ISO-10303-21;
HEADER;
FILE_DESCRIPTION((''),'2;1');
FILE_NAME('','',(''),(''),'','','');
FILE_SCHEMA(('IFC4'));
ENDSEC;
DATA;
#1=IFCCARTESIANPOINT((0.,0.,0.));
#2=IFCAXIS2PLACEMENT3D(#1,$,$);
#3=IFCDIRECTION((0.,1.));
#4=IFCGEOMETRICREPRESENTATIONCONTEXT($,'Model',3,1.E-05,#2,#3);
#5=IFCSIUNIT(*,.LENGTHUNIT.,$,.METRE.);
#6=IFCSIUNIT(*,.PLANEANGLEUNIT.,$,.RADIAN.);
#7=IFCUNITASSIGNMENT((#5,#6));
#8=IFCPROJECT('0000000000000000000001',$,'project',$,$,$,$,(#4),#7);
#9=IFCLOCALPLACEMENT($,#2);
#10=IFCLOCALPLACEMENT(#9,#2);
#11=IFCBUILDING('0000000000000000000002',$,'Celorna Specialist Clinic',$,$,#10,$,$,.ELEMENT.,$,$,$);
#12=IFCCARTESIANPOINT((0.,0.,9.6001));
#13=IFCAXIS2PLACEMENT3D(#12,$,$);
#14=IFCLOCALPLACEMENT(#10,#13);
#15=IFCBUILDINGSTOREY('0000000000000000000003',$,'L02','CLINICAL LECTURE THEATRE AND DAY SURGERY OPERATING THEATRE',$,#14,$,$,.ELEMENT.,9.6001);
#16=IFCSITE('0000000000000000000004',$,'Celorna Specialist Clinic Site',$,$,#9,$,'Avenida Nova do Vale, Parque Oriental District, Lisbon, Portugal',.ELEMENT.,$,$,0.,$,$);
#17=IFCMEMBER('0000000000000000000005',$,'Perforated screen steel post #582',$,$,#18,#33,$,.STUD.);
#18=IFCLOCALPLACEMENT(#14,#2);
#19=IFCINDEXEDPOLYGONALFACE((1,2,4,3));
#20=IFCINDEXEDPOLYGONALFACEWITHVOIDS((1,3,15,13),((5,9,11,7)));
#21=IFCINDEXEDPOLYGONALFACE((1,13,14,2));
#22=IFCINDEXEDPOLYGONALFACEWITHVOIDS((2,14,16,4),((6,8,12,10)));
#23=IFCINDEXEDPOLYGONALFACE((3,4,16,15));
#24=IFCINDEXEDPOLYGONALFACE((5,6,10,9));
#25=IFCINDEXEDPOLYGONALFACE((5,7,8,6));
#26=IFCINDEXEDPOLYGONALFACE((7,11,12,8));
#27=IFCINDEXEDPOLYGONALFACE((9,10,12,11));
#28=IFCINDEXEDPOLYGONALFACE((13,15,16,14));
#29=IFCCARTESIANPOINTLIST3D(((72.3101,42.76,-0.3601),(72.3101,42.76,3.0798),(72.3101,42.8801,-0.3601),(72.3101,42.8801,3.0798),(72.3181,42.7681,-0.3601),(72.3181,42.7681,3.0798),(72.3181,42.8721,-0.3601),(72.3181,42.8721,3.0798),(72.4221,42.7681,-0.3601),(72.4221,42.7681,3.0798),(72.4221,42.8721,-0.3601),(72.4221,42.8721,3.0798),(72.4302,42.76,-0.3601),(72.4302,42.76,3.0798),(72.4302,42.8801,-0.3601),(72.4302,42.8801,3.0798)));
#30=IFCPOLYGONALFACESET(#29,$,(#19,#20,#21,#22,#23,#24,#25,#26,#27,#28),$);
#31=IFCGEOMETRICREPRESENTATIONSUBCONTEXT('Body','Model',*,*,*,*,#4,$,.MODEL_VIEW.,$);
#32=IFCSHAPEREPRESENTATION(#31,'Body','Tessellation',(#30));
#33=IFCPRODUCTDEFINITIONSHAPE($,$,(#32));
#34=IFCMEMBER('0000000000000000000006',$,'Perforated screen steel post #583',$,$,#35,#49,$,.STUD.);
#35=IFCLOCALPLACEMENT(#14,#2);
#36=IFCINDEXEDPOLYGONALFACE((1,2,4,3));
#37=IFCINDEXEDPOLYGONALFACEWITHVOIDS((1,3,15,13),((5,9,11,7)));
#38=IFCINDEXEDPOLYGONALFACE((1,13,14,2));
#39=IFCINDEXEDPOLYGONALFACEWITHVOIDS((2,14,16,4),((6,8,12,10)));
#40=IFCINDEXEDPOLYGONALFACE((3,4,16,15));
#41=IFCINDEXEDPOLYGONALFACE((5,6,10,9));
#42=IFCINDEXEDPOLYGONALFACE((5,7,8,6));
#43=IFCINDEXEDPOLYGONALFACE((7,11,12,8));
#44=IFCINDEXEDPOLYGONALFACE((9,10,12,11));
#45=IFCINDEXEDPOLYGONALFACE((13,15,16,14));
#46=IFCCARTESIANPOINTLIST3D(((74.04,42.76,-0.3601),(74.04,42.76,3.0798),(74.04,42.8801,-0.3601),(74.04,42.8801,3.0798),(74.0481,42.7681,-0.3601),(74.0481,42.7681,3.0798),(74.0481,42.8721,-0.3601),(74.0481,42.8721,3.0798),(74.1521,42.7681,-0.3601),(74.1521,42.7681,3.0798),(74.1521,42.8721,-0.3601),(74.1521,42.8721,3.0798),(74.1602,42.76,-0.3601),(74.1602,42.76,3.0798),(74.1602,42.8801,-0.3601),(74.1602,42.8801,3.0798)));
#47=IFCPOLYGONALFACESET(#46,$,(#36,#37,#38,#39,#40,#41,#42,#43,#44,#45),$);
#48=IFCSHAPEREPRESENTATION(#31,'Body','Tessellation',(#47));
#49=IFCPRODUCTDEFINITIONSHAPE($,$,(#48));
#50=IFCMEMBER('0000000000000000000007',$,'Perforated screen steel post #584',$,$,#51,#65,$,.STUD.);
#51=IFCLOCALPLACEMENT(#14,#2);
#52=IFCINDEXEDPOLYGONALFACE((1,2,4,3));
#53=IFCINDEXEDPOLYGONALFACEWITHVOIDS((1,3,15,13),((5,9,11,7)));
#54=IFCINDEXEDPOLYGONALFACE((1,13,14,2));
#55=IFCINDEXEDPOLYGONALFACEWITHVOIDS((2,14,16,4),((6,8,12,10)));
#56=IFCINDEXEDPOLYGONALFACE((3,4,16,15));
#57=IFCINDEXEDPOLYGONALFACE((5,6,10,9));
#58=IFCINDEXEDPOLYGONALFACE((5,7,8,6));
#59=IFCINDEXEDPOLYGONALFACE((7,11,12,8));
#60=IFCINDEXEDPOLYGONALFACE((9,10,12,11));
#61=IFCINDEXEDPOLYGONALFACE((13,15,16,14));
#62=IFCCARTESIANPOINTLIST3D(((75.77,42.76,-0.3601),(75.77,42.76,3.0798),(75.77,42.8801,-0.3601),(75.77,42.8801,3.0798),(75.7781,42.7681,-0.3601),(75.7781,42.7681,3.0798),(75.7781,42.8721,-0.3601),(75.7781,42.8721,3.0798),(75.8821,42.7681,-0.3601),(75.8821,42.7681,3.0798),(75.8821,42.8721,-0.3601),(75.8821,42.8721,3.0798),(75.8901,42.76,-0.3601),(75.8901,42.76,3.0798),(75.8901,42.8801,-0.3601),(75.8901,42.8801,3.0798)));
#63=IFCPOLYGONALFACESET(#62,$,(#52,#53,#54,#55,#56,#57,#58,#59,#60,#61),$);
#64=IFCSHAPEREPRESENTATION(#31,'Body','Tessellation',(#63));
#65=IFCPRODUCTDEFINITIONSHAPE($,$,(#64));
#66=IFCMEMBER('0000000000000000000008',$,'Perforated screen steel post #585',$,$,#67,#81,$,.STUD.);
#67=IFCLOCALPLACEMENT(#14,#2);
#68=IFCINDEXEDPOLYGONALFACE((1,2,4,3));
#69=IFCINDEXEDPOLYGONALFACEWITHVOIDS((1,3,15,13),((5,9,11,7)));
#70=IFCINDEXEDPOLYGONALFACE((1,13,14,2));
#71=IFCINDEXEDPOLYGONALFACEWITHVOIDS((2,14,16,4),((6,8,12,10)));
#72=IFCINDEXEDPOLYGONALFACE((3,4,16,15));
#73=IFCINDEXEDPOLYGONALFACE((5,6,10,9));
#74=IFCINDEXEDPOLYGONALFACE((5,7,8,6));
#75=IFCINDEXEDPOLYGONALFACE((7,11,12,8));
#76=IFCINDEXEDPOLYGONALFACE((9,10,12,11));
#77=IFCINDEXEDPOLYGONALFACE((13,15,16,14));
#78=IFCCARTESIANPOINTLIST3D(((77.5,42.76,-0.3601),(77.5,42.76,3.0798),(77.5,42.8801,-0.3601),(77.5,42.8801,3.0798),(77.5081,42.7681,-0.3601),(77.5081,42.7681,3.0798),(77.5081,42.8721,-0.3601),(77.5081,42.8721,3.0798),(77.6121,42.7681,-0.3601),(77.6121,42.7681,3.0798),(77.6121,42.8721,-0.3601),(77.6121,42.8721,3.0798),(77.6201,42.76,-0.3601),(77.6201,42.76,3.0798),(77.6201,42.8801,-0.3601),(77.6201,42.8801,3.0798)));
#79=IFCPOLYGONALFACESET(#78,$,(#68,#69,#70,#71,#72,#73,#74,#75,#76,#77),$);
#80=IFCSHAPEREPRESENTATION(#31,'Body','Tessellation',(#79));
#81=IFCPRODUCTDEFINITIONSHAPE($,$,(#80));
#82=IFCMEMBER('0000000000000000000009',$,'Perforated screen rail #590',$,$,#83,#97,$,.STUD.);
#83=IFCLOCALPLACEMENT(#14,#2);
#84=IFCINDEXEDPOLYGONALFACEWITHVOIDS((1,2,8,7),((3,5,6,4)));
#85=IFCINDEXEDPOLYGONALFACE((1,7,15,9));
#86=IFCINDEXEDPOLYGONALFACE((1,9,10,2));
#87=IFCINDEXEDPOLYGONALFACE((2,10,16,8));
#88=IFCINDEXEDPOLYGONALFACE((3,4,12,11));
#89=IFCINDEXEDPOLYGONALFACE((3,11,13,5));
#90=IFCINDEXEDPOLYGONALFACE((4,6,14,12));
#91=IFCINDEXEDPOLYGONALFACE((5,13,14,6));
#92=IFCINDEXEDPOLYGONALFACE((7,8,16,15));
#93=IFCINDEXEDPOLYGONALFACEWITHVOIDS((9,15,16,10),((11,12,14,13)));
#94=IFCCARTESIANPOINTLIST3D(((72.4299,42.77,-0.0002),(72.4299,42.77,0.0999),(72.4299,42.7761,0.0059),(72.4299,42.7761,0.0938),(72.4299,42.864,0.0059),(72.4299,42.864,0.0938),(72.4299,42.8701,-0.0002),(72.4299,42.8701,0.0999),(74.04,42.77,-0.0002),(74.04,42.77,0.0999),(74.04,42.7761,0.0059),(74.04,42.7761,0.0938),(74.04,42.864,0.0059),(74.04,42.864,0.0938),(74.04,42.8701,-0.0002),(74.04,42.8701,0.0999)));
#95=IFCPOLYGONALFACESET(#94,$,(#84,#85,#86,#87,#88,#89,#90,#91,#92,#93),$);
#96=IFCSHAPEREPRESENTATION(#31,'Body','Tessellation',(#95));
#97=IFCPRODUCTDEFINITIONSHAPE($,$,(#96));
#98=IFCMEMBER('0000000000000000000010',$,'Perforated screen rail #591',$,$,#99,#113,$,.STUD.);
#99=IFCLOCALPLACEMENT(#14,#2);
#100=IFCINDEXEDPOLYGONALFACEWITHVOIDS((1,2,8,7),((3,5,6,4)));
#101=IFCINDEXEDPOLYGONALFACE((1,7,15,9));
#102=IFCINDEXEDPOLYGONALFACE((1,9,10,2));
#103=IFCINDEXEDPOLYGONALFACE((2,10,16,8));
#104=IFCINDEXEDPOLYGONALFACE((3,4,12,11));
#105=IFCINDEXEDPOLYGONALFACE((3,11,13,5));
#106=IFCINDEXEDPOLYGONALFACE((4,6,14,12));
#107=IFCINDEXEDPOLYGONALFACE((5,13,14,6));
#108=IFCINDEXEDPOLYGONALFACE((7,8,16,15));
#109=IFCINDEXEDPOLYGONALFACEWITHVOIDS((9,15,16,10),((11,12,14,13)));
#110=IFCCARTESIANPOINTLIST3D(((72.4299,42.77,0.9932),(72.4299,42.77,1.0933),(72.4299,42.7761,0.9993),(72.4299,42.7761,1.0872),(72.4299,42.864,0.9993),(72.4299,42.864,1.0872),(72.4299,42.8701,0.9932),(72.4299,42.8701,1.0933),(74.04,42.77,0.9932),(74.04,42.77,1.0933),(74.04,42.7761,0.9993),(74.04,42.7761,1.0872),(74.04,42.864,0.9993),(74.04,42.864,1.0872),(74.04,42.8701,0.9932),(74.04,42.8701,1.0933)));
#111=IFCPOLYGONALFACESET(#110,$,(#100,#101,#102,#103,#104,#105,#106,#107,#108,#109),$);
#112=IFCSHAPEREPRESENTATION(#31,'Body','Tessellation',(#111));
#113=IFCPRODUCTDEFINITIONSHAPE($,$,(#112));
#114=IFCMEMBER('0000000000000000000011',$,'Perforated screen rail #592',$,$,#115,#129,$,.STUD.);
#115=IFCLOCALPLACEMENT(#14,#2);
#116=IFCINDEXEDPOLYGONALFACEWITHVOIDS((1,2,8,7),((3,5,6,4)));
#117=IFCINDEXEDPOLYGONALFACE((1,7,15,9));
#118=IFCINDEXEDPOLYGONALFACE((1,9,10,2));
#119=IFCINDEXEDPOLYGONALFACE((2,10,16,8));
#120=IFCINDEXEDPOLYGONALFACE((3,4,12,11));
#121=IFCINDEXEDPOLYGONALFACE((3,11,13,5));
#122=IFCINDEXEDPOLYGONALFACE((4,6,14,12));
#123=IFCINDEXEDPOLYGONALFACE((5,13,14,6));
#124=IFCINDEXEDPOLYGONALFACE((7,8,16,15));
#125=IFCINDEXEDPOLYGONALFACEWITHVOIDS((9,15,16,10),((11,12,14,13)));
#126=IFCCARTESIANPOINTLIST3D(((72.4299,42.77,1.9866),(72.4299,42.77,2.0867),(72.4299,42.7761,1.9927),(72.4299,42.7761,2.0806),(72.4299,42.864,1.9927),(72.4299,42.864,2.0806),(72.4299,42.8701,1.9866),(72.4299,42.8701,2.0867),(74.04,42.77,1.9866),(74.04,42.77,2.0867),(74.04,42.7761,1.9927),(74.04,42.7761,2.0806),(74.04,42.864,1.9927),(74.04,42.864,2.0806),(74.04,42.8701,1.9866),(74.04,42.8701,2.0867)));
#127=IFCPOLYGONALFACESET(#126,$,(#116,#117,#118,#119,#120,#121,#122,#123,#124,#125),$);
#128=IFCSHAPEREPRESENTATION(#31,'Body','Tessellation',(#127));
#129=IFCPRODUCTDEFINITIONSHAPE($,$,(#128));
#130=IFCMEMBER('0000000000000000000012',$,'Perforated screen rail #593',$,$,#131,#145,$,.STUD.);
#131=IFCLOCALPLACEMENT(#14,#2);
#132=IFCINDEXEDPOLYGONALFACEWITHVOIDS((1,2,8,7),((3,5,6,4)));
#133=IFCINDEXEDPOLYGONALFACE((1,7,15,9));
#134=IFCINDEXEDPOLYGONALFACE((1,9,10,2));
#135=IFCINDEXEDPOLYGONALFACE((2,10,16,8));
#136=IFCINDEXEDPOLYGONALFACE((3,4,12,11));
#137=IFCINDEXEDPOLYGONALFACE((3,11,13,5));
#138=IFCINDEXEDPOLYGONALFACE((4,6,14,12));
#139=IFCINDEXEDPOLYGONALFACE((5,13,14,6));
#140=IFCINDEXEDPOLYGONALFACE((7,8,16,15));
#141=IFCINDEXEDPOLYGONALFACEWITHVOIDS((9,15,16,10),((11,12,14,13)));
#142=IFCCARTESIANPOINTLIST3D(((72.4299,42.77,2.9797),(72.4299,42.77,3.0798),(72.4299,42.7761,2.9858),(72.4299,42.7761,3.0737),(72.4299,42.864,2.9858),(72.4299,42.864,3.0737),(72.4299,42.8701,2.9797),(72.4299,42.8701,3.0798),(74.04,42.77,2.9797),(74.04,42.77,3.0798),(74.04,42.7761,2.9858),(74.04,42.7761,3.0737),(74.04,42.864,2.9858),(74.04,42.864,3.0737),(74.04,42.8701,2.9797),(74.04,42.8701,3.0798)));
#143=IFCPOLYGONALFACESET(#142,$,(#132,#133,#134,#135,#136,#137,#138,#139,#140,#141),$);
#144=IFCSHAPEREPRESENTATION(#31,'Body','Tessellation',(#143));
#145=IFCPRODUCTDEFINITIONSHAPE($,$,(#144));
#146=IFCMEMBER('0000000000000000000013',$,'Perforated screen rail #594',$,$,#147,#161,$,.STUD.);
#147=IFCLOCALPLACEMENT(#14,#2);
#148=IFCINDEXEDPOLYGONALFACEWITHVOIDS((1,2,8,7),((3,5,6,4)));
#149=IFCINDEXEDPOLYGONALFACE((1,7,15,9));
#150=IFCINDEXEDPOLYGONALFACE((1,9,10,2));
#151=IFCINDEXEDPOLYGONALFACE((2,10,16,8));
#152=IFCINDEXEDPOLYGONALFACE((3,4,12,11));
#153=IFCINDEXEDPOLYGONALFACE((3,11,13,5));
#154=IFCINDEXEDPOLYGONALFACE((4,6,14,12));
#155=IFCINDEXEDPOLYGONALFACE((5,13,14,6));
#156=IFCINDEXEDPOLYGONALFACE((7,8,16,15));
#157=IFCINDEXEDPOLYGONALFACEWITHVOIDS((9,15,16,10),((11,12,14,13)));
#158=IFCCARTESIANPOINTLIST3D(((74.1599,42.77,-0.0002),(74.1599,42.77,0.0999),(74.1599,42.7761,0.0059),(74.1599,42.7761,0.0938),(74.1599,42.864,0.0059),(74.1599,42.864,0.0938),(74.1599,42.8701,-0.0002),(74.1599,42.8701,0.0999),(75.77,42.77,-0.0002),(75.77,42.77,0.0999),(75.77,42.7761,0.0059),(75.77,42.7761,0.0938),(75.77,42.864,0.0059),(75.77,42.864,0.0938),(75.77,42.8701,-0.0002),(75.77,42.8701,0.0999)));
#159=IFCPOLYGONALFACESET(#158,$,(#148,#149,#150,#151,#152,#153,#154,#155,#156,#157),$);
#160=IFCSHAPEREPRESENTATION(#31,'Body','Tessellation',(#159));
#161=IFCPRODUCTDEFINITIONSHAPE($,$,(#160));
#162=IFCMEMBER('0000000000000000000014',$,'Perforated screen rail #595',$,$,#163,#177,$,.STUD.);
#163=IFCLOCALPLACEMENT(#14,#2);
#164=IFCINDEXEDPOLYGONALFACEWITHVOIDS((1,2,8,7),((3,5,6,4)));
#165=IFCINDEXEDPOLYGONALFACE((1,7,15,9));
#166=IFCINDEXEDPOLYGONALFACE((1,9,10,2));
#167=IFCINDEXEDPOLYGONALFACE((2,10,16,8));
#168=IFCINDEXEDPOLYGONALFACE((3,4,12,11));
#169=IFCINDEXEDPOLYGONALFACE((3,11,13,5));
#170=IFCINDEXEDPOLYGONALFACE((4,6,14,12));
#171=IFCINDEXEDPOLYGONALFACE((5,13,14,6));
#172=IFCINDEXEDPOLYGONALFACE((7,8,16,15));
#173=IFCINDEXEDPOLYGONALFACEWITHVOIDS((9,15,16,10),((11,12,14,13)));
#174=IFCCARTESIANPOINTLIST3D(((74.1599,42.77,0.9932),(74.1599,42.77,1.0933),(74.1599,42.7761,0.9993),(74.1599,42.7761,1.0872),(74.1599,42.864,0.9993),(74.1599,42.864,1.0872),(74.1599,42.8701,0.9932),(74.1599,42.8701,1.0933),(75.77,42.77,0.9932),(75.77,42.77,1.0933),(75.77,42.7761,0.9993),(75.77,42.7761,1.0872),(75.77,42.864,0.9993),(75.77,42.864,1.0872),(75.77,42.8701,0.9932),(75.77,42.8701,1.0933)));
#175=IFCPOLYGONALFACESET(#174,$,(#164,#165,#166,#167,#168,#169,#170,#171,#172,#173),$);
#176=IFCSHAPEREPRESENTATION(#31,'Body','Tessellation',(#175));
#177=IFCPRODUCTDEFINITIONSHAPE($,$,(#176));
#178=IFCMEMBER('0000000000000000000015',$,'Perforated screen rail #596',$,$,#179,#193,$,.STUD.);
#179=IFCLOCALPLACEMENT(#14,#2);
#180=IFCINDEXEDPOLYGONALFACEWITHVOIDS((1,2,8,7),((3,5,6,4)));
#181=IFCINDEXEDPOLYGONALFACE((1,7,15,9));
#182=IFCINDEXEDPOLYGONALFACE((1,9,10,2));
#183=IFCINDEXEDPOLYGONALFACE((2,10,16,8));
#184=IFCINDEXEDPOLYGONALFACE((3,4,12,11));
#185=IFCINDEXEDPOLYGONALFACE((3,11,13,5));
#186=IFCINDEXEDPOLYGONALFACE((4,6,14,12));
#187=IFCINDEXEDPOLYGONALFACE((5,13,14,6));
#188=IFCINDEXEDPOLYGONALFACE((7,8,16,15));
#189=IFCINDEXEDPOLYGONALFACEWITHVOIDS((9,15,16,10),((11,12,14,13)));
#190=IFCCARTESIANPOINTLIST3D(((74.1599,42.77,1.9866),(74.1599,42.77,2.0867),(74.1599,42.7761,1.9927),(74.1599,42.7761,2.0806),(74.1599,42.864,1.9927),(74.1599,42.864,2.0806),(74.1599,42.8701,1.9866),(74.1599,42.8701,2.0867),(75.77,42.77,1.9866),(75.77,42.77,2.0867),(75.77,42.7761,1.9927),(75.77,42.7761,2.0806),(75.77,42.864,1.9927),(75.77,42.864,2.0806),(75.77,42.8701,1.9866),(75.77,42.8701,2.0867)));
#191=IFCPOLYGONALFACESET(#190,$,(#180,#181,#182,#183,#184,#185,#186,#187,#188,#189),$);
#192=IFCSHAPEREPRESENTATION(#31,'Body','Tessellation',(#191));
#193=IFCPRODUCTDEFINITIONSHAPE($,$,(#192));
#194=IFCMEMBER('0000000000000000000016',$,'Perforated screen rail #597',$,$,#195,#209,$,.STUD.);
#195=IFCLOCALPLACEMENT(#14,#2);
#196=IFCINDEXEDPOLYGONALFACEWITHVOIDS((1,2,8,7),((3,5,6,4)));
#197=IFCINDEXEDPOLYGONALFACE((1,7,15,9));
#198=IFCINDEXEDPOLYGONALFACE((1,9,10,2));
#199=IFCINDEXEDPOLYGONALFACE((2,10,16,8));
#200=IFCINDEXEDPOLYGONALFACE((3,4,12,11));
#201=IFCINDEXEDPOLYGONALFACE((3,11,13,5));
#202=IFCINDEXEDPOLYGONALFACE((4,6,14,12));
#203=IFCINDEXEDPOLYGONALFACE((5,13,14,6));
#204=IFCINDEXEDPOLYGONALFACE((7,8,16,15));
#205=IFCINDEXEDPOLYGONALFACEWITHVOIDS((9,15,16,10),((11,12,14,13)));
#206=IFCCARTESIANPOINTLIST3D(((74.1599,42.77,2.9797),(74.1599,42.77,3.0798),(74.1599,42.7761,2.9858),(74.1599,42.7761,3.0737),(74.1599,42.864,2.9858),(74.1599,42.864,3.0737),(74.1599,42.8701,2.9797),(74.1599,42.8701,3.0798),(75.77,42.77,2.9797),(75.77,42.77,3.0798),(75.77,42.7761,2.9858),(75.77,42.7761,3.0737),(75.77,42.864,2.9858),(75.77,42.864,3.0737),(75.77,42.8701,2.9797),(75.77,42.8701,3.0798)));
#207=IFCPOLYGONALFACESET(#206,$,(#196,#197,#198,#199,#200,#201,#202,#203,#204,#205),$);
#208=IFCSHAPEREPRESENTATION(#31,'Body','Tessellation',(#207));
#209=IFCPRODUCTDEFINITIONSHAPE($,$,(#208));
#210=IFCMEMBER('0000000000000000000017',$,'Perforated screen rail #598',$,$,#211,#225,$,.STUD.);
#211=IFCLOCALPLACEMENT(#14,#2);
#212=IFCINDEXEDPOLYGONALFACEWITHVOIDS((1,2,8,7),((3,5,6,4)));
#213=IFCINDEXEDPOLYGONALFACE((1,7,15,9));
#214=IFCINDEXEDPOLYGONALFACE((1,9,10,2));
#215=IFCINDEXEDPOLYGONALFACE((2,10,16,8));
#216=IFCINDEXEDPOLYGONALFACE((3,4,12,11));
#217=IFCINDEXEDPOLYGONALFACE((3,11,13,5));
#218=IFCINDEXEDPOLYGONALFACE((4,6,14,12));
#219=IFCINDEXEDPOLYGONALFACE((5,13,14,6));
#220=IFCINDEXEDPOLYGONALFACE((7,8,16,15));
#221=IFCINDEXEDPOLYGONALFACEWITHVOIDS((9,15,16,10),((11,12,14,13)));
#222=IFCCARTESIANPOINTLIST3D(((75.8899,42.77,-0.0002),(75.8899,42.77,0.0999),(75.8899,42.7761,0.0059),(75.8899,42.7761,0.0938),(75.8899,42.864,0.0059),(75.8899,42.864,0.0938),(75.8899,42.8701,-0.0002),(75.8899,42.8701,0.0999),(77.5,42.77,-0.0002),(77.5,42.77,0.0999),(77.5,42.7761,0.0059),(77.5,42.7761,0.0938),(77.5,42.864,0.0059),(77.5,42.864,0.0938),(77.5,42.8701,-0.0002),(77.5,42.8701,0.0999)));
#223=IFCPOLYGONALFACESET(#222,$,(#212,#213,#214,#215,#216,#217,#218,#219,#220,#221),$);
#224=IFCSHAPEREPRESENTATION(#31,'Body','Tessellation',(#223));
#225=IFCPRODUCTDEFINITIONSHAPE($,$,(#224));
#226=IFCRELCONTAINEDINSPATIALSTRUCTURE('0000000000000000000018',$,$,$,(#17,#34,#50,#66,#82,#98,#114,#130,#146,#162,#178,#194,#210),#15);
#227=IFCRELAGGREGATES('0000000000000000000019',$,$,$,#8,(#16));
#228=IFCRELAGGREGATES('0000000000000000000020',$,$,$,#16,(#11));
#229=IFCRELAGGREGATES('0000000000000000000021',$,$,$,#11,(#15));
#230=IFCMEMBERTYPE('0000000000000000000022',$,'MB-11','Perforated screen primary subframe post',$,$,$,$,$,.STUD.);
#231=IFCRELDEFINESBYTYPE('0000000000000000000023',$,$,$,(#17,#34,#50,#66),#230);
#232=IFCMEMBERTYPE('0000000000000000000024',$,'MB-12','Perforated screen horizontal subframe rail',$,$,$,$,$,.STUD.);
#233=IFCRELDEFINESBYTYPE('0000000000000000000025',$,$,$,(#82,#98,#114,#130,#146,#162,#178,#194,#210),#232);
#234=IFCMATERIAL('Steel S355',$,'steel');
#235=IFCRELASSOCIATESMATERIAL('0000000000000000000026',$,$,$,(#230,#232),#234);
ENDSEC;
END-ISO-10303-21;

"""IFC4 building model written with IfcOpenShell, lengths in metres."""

from ifc_helpers import new_model, si_unit, direction, frame, origin, origin_2d, place, context, subcontext, project, spatial, hollow_rectangle, extrude, material, material_profile, profile_set, type_object, element, save


model = new_model("IFC4")

# Units and contexts
model_context = context("Model", 3, precision=1e-05, world=origin(), true_north=direction((0.0, 1.0)))
body_context = subcontext(model_context, "Body", "Model", "MODEL_VIEW")
ifc_project = project(units=[si_unit("LENGTHUNIT", "METRE"), si_unit("PLANEANGLEUNIT", "RADIAN")], contexts=[model_context])

# Site, building, storey
site_placement = place(None, origin())
site = spatial("IfcSite", under=ifc_project, at=site_placement, Name="Celorna Specialist Clinic Site", LongName="Avenida Nova do Vale, Parque Oriental District, Lisbon, Portugal", CompositionType="ELEMENT", RefElevation=0.0)
building_placement = place(site_placement, origin())
building = spatial("IfcBuilding", under=site, at=building_placement, Name="Celorna Specialist Clinic", CompositionType="ELEMENT")
storey_placement = place(building_placement, frame((0.0, 0.0, 9.6001)))
storey = spatial("IfcBuildingStorey", under=building, at=storey_placement, Name="L02", Description="CLINICAL LECTURE THEATRE AND DAY SURGERY OPERATING THEATRE", CompositionType="ELEMENT", Elevation=9.6001)

# Members
ifc_material_1 = material(Name="Steel S355", Category="steel")
ifc_material_profile_1 = material_profile(ifc_material_1, hollow_rectangle(XDim=0.1201, YDim=0.1201, WallThickness=0.0081, at=origin_2d()), Name="SHS 120x120x8")
ifc_profile_set_1 = profile_set([ifc_material_profile_1], Name="Steel S355")
member_type_1 = type_object("IfcMemberType", Name="MB-11", Description="Perforated screen primary subframe post", PredefinedType="STUD", material=ifc_profile_set_1)
for number, where, z_axis, x_axis, name in (
    (1, (72.3701, 42.8201, -0.3601), (0.0, 0.0, 1.0), (1.0, 0.0, 0.0), "Perforated screen steel post #582"),
    (2, (74.1001, 42.8201, -0.3601), (0.0, 0.0, 1.0), (1.0, 0.0, 0.0), "Perforated screen steel post #583"),
    (3, (75.8301, 42.8201, -0.3601), (0.0, 0.0, 1.0), (1.0, 0.0, 0.0), "Perforated screen steel post #584"),
    (4, (77.5601, 42.8201, -0.3601), (0.0, 0.0, 1.0), (1.0, 0.0, 0.0), "Perforated screen steel post #585"),
):
    element("IfcMember", number, at=place(storey_placement, frame(where, z_axis=z_axis, x_axis=x_axis)), inside=storey, type_object=member_type_1, Name=name, PredefinedType="STUD", context=body_context, shape_type="SweptSolid", body=[
        extrude(hollow_rectangle(XDim=0.1201, YDim=0.1201, WallThickness=0.0081, at=origin_2d()), origin(), (0.0, 0.0, 1.0), 3.4399),
    ])
ifc_material_profile_2 = material_profile(ifc_material_1, hollow_rectangle(XDim=0.1001, YDim=0.1001, WallThickness=0.0061, at=origin_2d()), Name="SHS 100x100x6")
ifc_profile_set_2 = profile_set([ifc_material_profile_2], Name="Steel S355")
member_type_2 = type_object("IfcMemberType", Name="MB-12", Description="Perforated screen horizontal subframe rail", PredefinedType="STUD", material=ifc_profile_set_2)
for number, where, z_axis, x_axis, name in (
    (5, (72.4299, 42.8201, 0.0498), (1.0, 0.0, 0.0), (0.0, 1.0, 0.0), "Perforated screen rail #590"),
    (6, (72.4299, 42.8201, 1.0432), (1.0, 0.0, 0.0), (0.0, 1.0, 0.0), "Perforated screen rail #591"),
    (7, (72.4299, 42.8201, 2.0366), (1.0, 0.0, 0.0), (0.0, 1.0, 0.0), "Perforated screen rail #592"),
    (8, (72.4299, 42.8201, 3.0298), (1.0, 0.0, 0.0), (0.0, 1.0, 0.0), "Perforated screen rail #593"),
    (9, (74.1599, 42.8201, 0.0498), (1.0, 0.0, 0.0), (0.0, 1.0, 0.0), "Perforated screen rail #594"),
    (10, (74.1599, 42.8201, 1.0432), (1.0, 0.0, 0.0), (0.0, 1.0, 0.0), "Perforated screen rail #595"),
    (11, (74.1599, 42.8201, 2.0366), (1.0, 0.0, 0.0), (0.0, 1.0, 0.0), "Perforated screen rail #596"),
    (12, (74.1599, 42.8201, 3.0298), (1.0, 0.0, 0.0), (0.0, 1.0, 0.0), "Perforated screen rail #597"),
    (13, (75.8899, 42.8201, 0.0498), (1.0, 0.0, 0.0), (0.0, 1.0, 0.0), "Perforated screen rail #598"),
):
    element("IfcMember", number, at=place(storey_placement, frame(where, z_axis=z_axis, x_axis=x_axis)), inside=storey, type_object=member_type_2, Name=name, PredefinedType="STUD", context=body_context, shape_type="SweptSolid", body=[
        extrude(hollow_rectangle(XDim=0.1001, YDim=0.1001, WallThickness=0.0061, at=origin_2d()), origin(), (0.0, 0.0, 1.0), 1.6101),
    ])

save(model, "model.ifc")
